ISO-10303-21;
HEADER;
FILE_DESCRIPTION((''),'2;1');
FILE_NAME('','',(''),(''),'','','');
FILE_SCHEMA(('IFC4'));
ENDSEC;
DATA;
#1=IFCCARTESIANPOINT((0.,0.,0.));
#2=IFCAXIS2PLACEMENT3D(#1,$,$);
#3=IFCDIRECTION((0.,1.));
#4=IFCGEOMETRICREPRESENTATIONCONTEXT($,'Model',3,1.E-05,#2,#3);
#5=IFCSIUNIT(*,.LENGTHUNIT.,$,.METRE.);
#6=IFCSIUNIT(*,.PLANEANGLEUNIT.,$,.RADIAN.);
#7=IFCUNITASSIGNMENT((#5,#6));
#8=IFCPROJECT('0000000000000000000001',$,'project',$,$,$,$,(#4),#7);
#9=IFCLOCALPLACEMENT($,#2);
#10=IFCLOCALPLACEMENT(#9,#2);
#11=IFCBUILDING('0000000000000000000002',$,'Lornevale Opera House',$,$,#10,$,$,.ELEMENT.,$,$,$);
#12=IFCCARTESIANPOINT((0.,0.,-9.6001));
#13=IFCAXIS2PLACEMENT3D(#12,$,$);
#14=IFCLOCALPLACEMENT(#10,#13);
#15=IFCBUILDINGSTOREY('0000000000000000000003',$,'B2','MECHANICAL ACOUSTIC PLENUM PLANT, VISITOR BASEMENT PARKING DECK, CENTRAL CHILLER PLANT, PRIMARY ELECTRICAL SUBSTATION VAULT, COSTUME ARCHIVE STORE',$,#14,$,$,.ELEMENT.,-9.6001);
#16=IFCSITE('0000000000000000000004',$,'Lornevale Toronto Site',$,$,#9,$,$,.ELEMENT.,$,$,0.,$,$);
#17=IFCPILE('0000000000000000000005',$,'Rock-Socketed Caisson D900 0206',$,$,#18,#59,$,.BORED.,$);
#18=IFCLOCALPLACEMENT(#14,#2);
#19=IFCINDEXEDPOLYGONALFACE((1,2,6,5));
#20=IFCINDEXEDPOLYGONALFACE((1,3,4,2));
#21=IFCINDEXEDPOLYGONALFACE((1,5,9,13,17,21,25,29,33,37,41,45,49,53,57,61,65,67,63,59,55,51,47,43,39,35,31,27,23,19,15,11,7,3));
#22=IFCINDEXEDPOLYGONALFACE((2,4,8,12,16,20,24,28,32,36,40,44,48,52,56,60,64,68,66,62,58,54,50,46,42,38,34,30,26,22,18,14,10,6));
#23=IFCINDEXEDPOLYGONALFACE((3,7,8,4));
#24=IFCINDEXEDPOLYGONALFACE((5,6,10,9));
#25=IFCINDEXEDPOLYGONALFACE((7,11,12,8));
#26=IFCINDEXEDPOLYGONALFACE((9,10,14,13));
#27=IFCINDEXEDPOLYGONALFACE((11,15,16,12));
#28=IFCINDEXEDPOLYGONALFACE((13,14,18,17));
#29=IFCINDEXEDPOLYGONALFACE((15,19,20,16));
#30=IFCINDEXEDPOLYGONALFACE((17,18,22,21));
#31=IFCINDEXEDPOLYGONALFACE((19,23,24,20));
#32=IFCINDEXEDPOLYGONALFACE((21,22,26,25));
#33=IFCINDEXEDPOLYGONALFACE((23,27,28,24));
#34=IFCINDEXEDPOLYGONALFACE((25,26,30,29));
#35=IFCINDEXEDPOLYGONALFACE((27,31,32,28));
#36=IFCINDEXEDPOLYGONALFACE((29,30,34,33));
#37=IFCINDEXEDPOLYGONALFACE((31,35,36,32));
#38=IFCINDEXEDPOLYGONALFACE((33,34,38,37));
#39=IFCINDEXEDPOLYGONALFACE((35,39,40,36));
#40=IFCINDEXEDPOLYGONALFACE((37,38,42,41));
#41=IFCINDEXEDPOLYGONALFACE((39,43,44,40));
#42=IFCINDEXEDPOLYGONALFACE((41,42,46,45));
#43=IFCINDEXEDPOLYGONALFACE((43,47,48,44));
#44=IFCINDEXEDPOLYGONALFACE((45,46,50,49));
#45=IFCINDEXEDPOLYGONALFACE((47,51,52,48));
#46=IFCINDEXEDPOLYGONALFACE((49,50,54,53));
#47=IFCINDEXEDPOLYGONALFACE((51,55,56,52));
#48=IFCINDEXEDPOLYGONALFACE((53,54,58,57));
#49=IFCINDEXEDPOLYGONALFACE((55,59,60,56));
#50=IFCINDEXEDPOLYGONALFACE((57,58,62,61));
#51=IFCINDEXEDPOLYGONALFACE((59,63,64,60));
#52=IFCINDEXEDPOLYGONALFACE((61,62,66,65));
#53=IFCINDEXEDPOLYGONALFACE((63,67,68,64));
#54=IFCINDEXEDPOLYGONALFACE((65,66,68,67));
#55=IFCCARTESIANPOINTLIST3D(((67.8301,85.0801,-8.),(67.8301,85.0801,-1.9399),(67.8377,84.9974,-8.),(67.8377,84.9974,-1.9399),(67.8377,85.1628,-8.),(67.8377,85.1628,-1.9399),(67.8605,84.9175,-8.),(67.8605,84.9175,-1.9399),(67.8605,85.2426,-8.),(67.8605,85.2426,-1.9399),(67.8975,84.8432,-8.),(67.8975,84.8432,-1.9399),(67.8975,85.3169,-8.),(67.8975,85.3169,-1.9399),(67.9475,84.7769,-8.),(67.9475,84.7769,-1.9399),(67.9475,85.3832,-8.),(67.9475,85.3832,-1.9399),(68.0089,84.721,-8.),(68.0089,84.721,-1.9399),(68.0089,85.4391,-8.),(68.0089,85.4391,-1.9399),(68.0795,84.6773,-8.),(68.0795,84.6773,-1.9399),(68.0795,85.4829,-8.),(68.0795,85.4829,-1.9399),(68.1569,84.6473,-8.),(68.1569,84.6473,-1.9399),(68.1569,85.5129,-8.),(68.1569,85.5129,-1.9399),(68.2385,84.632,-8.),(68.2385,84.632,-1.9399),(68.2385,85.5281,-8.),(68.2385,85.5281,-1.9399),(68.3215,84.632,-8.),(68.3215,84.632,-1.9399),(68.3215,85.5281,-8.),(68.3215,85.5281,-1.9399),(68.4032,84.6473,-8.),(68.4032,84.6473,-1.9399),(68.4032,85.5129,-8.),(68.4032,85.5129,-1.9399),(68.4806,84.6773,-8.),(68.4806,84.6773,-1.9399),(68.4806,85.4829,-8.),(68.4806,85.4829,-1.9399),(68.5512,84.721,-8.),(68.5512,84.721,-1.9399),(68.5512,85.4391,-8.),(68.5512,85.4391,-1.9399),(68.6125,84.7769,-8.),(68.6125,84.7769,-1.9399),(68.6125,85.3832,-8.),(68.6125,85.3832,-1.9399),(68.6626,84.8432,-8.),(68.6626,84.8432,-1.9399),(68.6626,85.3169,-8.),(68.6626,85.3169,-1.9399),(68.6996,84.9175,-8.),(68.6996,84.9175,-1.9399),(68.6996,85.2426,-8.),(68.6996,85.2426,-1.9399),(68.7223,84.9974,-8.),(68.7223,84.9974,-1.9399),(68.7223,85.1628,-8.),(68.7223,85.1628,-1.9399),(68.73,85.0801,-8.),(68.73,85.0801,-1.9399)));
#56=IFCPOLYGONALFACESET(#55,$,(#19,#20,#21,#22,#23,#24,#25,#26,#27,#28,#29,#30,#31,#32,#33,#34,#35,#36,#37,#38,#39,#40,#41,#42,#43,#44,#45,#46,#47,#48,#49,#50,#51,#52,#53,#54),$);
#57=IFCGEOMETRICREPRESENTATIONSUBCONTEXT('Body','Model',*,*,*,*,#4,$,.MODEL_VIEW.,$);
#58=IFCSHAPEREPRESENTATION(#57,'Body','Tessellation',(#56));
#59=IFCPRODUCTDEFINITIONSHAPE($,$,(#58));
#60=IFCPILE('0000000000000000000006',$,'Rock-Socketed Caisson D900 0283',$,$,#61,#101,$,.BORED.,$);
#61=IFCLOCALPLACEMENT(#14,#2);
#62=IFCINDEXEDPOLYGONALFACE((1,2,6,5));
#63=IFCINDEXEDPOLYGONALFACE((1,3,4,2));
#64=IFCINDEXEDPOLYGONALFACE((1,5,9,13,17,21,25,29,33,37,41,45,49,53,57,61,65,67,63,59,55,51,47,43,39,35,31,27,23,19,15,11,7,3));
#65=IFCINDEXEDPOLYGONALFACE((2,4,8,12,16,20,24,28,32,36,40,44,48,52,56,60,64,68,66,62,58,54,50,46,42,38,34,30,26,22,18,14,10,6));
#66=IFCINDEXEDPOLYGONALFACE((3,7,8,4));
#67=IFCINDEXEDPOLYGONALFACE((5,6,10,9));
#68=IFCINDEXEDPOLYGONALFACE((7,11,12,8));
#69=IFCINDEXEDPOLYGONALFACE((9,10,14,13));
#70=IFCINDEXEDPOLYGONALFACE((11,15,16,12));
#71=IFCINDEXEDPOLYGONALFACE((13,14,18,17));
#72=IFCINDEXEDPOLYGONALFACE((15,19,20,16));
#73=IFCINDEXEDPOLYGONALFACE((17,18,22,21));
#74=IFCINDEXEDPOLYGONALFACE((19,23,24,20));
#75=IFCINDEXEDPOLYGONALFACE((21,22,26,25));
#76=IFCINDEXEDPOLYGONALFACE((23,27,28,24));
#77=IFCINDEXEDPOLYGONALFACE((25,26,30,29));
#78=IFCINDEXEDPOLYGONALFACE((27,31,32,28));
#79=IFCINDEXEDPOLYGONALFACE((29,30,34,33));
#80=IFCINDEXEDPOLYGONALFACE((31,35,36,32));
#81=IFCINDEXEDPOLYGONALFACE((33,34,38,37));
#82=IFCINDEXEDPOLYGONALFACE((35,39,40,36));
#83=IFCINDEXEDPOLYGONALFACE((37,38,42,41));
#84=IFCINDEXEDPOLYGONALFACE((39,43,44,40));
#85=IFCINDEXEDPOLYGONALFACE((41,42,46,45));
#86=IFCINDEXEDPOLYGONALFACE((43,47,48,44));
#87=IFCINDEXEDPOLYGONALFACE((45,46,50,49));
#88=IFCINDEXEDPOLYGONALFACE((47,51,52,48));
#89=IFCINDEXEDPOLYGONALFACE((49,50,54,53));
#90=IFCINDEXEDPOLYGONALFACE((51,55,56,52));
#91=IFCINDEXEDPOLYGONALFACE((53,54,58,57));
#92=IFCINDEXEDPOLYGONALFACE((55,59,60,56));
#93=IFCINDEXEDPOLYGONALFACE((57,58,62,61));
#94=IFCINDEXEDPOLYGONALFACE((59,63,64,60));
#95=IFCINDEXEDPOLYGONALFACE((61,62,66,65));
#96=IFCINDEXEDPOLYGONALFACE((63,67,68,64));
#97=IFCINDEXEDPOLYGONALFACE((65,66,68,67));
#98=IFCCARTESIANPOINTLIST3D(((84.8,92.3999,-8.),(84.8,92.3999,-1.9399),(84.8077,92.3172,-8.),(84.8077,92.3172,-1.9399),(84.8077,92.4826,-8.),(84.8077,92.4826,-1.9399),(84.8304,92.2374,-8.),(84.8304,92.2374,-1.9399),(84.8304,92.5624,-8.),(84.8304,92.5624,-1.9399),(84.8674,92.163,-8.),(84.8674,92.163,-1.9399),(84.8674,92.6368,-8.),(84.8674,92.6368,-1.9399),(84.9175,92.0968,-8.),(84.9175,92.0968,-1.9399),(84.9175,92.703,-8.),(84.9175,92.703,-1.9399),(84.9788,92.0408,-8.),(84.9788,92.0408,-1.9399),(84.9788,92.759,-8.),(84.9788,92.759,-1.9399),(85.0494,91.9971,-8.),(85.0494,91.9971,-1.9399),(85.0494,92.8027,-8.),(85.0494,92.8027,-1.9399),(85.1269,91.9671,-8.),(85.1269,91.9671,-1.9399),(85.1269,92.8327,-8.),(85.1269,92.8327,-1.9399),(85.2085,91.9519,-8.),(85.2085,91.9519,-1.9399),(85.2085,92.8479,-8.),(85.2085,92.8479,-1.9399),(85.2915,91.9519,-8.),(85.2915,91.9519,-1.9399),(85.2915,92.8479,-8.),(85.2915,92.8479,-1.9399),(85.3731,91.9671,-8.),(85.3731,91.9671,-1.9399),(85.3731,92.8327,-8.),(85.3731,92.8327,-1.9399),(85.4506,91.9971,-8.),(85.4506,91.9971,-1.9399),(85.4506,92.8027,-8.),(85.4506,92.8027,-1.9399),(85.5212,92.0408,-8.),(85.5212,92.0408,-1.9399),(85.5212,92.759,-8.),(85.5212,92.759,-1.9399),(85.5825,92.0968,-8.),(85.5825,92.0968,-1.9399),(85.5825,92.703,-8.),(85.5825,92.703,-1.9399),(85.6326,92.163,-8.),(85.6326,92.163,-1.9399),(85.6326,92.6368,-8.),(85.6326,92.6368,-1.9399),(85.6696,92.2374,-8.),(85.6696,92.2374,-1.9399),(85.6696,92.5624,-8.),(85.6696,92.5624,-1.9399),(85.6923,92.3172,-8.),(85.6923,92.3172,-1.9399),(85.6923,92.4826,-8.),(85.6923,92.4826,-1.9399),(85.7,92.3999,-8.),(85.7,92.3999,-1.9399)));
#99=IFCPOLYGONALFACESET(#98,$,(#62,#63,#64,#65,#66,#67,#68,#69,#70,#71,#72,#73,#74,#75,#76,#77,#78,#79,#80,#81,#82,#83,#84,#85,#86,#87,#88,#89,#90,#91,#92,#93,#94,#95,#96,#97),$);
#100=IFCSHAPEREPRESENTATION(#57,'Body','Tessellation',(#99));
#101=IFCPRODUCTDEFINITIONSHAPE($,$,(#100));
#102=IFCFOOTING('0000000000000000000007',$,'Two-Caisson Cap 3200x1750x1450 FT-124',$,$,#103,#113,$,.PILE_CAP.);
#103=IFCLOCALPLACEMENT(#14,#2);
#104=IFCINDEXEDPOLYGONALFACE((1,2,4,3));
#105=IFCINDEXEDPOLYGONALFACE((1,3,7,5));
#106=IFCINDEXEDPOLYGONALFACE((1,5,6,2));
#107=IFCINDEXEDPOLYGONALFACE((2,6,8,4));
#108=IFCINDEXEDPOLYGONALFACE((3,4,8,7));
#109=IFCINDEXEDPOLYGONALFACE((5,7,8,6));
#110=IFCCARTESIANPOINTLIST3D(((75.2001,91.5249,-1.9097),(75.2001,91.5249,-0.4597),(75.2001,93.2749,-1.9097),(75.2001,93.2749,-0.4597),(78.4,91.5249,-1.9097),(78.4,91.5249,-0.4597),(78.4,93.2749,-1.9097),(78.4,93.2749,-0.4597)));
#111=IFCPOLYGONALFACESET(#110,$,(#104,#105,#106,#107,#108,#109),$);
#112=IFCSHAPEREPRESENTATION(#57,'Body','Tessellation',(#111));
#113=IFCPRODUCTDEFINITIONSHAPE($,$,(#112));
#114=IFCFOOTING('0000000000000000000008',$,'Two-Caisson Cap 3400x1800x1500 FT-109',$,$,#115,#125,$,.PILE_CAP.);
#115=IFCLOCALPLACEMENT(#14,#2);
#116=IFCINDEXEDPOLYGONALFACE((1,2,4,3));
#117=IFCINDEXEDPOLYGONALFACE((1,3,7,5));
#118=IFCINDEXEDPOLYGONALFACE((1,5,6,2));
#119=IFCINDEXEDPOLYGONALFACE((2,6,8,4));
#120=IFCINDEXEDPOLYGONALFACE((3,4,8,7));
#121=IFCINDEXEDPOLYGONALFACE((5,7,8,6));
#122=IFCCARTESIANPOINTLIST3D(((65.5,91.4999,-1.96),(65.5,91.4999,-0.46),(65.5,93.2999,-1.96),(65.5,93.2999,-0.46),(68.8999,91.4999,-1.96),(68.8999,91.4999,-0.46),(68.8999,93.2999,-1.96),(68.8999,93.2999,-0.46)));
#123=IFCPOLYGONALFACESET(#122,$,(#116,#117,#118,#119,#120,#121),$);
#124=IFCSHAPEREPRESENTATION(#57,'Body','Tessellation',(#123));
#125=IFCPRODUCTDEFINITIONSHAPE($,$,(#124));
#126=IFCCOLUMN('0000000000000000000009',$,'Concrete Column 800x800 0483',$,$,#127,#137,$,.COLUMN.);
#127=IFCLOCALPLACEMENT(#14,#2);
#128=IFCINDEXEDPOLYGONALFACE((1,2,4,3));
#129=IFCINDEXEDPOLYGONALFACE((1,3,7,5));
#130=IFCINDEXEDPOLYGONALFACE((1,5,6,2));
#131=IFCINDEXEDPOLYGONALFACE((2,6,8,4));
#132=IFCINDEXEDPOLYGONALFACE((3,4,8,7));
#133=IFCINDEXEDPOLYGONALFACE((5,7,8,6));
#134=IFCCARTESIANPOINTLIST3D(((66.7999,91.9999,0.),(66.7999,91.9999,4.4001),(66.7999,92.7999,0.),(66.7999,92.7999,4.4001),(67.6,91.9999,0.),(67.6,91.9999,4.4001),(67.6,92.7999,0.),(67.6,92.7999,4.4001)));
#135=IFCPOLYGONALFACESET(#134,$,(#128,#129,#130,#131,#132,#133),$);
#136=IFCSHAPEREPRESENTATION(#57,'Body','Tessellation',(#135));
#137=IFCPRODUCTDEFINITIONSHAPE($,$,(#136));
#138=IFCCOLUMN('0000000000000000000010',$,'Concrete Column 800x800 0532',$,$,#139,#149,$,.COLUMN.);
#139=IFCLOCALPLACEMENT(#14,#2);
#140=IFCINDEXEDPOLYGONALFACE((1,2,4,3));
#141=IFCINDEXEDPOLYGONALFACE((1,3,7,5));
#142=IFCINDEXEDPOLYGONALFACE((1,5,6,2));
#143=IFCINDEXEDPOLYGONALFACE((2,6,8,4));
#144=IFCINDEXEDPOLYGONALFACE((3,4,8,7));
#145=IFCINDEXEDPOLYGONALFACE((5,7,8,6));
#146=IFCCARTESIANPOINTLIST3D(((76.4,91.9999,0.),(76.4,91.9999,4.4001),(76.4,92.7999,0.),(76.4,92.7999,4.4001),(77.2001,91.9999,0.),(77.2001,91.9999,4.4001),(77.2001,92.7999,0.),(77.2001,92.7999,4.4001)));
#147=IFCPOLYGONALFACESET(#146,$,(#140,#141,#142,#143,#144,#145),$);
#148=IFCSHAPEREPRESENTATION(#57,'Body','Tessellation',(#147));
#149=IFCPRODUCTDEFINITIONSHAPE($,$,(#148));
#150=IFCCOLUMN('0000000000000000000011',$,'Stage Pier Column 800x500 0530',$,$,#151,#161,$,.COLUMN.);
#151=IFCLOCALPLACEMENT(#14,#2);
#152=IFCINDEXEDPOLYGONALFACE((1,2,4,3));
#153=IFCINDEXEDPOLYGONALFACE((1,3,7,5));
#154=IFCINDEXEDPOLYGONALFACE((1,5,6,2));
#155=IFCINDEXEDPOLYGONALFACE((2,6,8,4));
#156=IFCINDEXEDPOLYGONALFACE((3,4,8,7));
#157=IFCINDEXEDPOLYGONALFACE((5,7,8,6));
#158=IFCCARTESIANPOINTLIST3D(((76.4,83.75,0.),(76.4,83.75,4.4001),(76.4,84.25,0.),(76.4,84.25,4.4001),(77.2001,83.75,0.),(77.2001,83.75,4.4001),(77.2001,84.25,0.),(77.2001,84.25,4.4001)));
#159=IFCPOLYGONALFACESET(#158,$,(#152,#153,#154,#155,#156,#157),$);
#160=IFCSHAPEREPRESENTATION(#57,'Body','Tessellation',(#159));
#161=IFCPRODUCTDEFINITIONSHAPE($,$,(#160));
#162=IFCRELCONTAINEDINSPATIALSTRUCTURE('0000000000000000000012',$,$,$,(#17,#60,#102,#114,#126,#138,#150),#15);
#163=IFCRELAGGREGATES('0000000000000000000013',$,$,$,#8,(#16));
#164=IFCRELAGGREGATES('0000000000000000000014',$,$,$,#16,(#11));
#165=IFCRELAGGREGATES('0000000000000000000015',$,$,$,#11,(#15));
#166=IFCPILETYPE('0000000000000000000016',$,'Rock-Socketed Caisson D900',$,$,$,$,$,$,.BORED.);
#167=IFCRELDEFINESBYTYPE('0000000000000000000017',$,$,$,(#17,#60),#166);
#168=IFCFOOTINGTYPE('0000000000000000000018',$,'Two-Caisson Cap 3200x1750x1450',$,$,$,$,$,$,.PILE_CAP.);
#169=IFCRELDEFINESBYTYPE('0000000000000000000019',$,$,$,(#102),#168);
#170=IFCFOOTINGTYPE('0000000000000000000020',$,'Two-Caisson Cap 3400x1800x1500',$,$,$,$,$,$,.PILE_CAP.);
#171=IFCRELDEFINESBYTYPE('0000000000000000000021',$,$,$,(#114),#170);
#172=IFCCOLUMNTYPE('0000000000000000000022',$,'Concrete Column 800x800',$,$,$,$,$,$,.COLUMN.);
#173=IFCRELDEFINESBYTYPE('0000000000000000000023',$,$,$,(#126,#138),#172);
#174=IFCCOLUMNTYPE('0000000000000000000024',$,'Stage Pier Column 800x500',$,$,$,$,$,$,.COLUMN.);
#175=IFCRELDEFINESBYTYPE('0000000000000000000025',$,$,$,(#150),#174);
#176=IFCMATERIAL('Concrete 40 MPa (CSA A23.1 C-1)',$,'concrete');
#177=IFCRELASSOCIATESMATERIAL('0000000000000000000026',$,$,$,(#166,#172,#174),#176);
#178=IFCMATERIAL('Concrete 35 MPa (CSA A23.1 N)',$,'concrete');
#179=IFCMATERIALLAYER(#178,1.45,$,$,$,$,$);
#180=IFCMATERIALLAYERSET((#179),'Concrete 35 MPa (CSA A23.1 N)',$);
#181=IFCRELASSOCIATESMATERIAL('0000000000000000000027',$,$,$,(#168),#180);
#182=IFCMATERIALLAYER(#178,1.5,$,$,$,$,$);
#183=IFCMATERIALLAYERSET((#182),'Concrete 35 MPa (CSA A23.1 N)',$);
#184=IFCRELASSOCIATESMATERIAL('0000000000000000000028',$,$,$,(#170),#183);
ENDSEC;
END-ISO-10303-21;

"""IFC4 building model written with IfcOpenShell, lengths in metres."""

from ifc_helpers import new_model, si_unit, direction, frame, origin, origin_2d, place, context, subcontext, project, spatial, rectangle, circle, extrude, material, layer, layer_set, material_profile, profile_set, type_object, element, save


model = new_model("IFC4")

# Units and contexts
model_context = context("Model", 3, precision=1e-05, world=origin(), true_north=direction((0.0, 1.0)))
body_context = subcontext(model_context, "Body", "Model", "MODEL_VIEW")
ifc_project = project(units=[si_unit("LENGTHUNIT", "METRE"), si_unit("PLANEANGLEUNIT", "RADIAN")], contexts=[model_context])

# Site, building, storey
site_placement = place(None, origin())
site = spatial("IfcSite", under=ifc_project, at=site_placement, Name="Lornevale Toronto Site", CompositionType="ELEMENT", RefElevation=0.0)
building_placement = place(site_placement, origin())
building = spatial("IfcBuilding", under=site, at=building_placement, Name="Lornevale Opera House", CompositionType="ELEMENT")
storey_placement = place(building_placement, frame((0.0, 0.0, -9.6001)))
storey = spatial("IfcBuildingStorey", under=building, at=storey_placement, Name="B2", Description="MECHANICAL ACOUSTIC PLENUM PLANT, VISITOR BASEMENT PARKING DECK, CENTRAL CHILLER PLANT, PRIMARY ELECTRICAL SUBSTATION VAULT, COSTUME ARCHIVE STORE", CompositionType="ELEMENT", Elevation=-9.6001)

# Shared definitions
ifc_material_1 = material(Name="Concrete 35 MPa (CSA A23.1 N)", Category="concrete")

# Piles
ifc_material_2 = material(Name="Concrete 40 MPa (CSA A23.1 C-1)", Category="concrete")
ifc_material_profile_1 = material_profile(ifc_material_2, circle(Radius=0.45, at=origin_2d()), Name="CAIS900")
ifc_profile_set_1 = profile_set([ifc_material_profile_1], Name="Concrete 40 MPa (CSA A23.1 C-1)")
pile_type_1 = type_object("IfcPileType", Name="Rock-Socketed Caisson D900", PredefinedType="BORED", material=ifc_profile_set_1)
for number, where, z_axis, x_axis, name in (
    (1, (68.28, 85.0801, -1.9399), (0.0, 0.0, -1.0), (1.0, 0.0, 0.0), "Rock-Socketed Caisson D900 0206"),
    (2, (85.25, 92.3999, -1.9399), (0.0, 0.0, -1.0), (1.0, 0.0, 0.0), "Rock-Socketed Caisson D900 0283"),
):
    element("IfcPile", number, at=place(storey_placement, frame(where, z_axis=z_axis, x_axis=x_axis)), inside=storey, type_object=pile_type_1, Name=name, PredefinedType="BORED", context=body_context, shape_type="SweptSolid", body=[
        extrude(circle(Radius=0.45, at=origin_2d()), origin(), (0.0, 0.0, 1.0), 6.0601),
    ])

# Footings
ifc_layer_1 = layer(ifc_material_1, 1.45)
ifc_layer_set_1 = layer_set([ifc_layer_1], Name="Concrete 35 MPa (CSA A23.1 N)")
footing_type_1 = type_object("IfcFootingType", Name="Two-Caisson Cap 3200x1750x1450", PredefinedType="PILE_CAP", material=ifc_layer_set_1)
footing_1_placement = place(storey_placement, frame((76.8, 92.3999, -1.9097), z_axis=(0.0, 0.0, 1.0), x_axis=(1.0, 0.0, 0.0)))
element("IfcFooting", 3, at=footing_1_placement, inside=storey, type_object=footing_type_1, Name="Two-Caisson Cap 3200x1750x1450 FT-124", PredefinedType="PILE_CAP", context=body_context, shape_type="SweptSolid", body=[
    extrude(rectangle(XDim=3.2, YDim=1.75, at=origin_2d()), origin(), (0.0, 0.0, 1.0), 1.45),
])
ifc_layer_2 = layer(ifc_material_1, 1.5)
ifc_layer_set_2 = layer_set([ifc_layer_2], Name="Concrete 35 MPa (CSA A23.1 N)")
footing_type_2 = type_object("IfcFootingType", Name="Two-Caisson Cap 3400x1800x1500", PredefinedType="PILE_CAP", material=ifc_layer_set_2)
footing_2_placement = place(storey_placement, frame((67.2, 92.3999, -1.96), z_axis=(0.0, 0.0, 1.0), x_axis=(1.0, 0.0, 0.0)))
element("IfcFooting", 4, at=footing_2_placement, inside=storey, type_object=footing_type_2, Name="Two-Caisson Cap 3400x1800x1500 FT-109", PredefinedType="PILE_CAP", context=body_context, shape_type="SweptSolid", body=[
    extrude(rectangle(XDim=3.3999, YDim=1.8, at=origin_2d()), origin(), (0.0, 0.0, 1.0), 1.5),
])

# Columns
ifc_material_profile_2 = material_profile(ifc_material_2, rectangle(XDim=0.8, YDim=0.8, at=origin_2d()), Name="RC800x800")
ifc_profile_set_2 = profile_set([ifc_material_profile_2], Name="Concrete 40 MPa (CSA A23.1 C-1)")
column_type_1 = type_object("IfcColumnType", Name="Concrete Column 800x800", PredefinedType="COLUMN", material=ifc_profile_set_2)
for number, where, z_axis, x_axis, name in (
    (5, (67.2, 92.3999, 0.0), (0.0, 0.0, 1.0), (1.0, 0.0, 0.0), "Concrete Column 800x800 0483"),
    (6, (76.8, 92.3999, 0.0), (0.0, 0.0, 1.0), (1.0, 0.0, 0.0), "Concrete Column 800x800 0532"),
):
    element("IfcColumn", number, at=place(storey_placement, frame(where, z_axis=z_axis, x_axis=x_axis)), inside=storey, type_object=column_type_1, Name=name, PredefinedType="COLUMN", context=body_context, shape_type="SweptSolid", body=[
        extrude(rectangle(XDim=0.8, YDim=0.8, at=origin_2d()), origin(), (0.0, 0.0, 1.0), 4.4001),
    ])
ifc_material_profile_3 = material_profile(ifc_material_2, rectangle(XDim=0.8, YDim=0.5, at=origin_2d()), Name="RC800x500")
ifc_profile_set_3 = profile_set([ifc_material_profile_3], Name="Concrete 40 MPa (CSA A23.1 C-1)")
column_type_2 = type_object("IfcColumnType", Name="Stage Pier Column 800x500", PredefinedType="COLUMN", material=ifc_profile_set_3)
column_placement = place(storey_placement, frame((76.8, 84.0, 0.0), z_axis=(0.0, 0.0, 1.0), x_axis=(1.0, 0.0, 0.0)))
element("IfcColumn", 7, at=column_placement, inside=storey, type_object=column_type_2, Name="Stage Pier Column 800x500 0530", PredefinedType="COLUMN", context=body_context, shape_type="SweptSolid", body=[
    extrude(rectangle(XDim=0.8, YDim=0.5, at=origin_2d()), origin(), (0.0, 0.0, 1.0), 4.4001),
])

save(model, "model.ifc")
